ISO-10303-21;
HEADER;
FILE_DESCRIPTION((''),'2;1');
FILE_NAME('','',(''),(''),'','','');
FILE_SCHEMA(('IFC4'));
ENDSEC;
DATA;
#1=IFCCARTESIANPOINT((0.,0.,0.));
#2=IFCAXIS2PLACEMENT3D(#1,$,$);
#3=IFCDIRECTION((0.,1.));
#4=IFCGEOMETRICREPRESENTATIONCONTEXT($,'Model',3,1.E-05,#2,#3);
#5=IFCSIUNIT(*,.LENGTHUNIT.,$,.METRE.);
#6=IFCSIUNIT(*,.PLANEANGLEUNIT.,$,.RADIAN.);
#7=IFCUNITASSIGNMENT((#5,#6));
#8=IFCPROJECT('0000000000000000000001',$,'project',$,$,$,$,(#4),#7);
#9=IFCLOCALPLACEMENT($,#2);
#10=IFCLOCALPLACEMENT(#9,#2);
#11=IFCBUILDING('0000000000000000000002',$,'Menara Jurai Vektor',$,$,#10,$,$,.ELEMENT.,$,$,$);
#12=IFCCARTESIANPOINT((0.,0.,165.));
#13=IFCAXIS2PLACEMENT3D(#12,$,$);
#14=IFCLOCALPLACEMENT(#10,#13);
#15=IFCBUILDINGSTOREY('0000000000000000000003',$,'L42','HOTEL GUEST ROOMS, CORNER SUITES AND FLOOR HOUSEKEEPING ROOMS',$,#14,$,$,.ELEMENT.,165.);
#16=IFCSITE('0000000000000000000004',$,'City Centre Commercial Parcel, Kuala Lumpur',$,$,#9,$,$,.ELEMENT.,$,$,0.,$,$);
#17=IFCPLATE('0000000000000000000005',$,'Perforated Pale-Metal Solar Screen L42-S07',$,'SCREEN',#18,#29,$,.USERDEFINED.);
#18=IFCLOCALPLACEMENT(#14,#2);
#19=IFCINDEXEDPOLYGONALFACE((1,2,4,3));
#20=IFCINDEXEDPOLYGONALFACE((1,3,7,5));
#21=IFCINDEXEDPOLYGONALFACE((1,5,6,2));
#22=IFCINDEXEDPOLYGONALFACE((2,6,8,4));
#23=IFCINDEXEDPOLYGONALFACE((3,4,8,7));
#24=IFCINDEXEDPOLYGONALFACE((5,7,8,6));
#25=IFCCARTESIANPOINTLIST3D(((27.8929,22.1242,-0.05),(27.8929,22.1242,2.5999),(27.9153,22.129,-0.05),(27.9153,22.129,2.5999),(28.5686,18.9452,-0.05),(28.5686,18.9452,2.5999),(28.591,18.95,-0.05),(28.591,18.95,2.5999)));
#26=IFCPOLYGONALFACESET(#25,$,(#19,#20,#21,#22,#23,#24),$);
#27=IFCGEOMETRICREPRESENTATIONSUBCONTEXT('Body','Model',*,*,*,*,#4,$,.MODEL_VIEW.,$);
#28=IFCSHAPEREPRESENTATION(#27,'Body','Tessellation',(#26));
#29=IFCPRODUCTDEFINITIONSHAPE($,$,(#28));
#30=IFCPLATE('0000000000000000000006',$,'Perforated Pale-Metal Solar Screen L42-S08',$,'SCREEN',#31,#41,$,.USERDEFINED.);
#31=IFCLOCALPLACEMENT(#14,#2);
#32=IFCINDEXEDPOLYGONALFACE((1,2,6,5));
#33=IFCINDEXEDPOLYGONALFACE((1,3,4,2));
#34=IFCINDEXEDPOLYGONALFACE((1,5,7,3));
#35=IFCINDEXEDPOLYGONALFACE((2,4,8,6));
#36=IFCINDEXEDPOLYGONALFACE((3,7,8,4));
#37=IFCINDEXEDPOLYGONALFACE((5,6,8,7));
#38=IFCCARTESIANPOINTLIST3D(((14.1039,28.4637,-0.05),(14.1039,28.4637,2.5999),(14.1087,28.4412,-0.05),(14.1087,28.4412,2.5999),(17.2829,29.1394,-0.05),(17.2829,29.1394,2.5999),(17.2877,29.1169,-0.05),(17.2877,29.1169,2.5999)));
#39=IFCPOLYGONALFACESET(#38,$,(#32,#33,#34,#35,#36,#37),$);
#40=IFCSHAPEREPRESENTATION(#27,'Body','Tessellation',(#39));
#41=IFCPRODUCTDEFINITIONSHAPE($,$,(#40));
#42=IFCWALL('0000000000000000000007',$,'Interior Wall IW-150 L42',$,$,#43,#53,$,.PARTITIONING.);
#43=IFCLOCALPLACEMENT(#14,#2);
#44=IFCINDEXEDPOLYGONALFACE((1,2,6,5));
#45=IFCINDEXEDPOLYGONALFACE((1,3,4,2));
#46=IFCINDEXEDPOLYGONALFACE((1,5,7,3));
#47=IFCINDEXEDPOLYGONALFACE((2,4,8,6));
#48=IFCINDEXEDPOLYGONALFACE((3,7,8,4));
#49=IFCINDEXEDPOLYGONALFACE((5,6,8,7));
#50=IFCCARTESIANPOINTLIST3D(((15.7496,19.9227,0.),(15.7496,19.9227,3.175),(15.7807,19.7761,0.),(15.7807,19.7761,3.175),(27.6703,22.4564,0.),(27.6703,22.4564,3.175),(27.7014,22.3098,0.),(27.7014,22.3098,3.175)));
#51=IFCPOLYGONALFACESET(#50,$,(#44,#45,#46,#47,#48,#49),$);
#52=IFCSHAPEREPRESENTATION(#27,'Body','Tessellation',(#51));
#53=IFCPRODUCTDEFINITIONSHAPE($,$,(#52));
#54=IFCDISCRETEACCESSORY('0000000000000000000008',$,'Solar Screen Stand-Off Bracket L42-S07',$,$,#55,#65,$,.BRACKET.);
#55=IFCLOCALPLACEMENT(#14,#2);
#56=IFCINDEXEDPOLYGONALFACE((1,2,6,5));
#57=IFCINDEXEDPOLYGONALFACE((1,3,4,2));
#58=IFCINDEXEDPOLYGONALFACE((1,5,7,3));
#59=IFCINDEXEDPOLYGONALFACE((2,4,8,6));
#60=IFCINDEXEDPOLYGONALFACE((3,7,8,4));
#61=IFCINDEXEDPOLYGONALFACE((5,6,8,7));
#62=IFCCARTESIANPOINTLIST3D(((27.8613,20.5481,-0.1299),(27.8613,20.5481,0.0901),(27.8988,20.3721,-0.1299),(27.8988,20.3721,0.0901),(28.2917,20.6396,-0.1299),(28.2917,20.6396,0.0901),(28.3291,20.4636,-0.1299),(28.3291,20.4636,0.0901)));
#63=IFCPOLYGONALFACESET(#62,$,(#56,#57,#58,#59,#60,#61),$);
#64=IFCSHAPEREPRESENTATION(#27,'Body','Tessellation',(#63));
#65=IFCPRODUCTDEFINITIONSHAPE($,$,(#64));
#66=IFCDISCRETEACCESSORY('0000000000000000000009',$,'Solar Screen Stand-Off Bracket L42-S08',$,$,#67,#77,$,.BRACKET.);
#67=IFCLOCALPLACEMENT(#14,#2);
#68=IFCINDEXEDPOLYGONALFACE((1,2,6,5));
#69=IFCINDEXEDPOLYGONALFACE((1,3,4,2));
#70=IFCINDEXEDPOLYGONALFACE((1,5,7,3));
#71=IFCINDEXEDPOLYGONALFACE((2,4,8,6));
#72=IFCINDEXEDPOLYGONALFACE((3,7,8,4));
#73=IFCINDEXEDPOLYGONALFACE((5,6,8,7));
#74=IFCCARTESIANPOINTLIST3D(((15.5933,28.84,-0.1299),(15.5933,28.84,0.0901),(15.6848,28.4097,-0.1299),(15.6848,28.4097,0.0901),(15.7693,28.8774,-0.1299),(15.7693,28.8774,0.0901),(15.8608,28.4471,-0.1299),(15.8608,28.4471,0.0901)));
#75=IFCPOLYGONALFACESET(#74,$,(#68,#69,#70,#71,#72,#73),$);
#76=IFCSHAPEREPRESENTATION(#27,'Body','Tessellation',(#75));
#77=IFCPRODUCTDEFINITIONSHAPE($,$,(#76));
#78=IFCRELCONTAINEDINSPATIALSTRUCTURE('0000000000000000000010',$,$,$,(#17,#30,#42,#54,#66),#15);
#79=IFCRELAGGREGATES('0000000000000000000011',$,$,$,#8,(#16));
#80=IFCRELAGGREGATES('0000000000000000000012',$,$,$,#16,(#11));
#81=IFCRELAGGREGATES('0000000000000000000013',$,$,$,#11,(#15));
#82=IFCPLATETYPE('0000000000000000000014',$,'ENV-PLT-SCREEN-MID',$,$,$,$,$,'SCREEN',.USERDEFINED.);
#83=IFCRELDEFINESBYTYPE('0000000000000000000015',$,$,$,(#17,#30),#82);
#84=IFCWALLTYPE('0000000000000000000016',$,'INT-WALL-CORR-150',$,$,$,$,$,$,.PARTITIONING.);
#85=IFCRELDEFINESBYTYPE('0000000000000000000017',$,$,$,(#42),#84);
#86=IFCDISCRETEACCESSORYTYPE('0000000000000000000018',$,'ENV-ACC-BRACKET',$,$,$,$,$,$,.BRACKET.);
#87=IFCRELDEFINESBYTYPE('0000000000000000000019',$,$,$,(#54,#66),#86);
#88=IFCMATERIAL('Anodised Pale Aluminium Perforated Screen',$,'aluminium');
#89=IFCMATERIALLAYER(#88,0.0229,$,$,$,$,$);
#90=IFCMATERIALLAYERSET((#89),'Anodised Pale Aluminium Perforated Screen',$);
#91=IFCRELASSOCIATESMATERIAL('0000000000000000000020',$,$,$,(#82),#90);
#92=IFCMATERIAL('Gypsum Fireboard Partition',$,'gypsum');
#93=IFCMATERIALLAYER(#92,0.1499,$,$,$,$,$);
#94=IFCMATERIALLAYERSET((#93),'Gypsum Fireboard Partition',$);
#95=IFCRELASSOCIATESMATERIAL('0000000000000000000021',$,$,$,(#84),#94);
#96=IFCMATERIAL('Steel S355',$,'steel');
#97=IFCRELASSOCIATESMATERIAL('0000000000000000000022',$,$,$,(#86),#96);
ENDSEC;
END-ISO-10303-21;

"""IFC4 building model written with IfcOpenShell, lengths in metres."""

from ifc_helpers import new_model, si_unit, direction, frame, frame_2d, origin, origin_2d, place, context, subcontext, project, spatial, rectangle, extrude, material, layer, layer_set, type_object, element, save


model = new_model("IFC4")

# Units and contexts
model_context = context("Model", 3, precision=1e-05, world=origin(), true_north=direction((0.0, 1.0)))
body_context = subcontext(model_context, "Body", "Model", "MODEL_VIEW")
ifc_project = project(units=[si_unit("LENGTHUNIT", "METRE"), si_unit("PLANEANGLEUNIT", "RADIAN")], contexts=[model_context])

# Site, building, storey
site_placement = place(None, origin())
site = spatial("IfcSite", under=ifc_project, at=site_placement, Name="City Centre Commercial Parcel, Kuala Lumpur", CompositionType="ELEMENT", RefElevation=0.0)
building_placement = place(site_placement, origin())
building = spatial("IfcBuilding", under=site, at=building_placement, Name="Menara Jurai Vektor", CompositionType="ELEMENT")
storey_placement = place(building_placement, frame((0.0, 0.0, 165.0)))
storey = spatial("IfcBuildingStorey", under=building, at=storey_placement, Name="L42", Description="HOTEL GUEST ROOMS, CORNER SUITES AND FLOOR HOUSEKEEPING ROOMS", CompositionType="ELEMENT", Elevation=165.0)

# Shared definitions
ifc_material_1 = material(Name="Steel S355", Category="steel")

# Plates
ifc_material_2 = material(Name="Anodised Pale Aluminium Perforated Screen", Category="aluminium")
ifc_layer_1 = layer(ifc_material_2, 0.0229)
ifc_layer_set_1 = layer_set([ifc_layer_1], Name="Anodised Pale Aluminium Perforated Screen")
plate_type_1 = type_object("IfcPlateType", Name="ENV-PLT-SCREEN-MID", ElementType="SCREEN", PredefinedType="USERDEFINED", material=ifc_layer_set_1)
for number, where, z_axis, x_axis, name in (
    (1, (28.2419, 20.5371, -0.05), (0.0, 0.0, 1.0), (-0.207912, 0.978148, 0.0), "Perforated Pale-Metal Solar Screen L42-S07"),
    (2, (15.6958, 28.7903, -0.05), (0.0, 0.0, 1.0), (-0.978148, -0.207912, 0.0), "Perforated Pale-Metal Solar Screen L42-S08"),
):
    element("IfcPlate", number, at=place(storey_placement, frame(where, z_axis=z_axis, x_axis=x_axis)), inside=storey, type_object=plate_type_1, Name=name, ObjectType="SCREEN", PredefinedType="USERDEFINED", context=body_context, shape_type="SweptSolid", body=[
        extrude(rectangle(XDim=3.25, YDim=0.0229, at=origin_2d()), origin(), (0.0, 0.0, 1.0), 2.6499),
    ])

# Wall
ifc_material_3 = material(Name="Gypsum Fireboard Partition", Category="gypsum")
ifc_layer_2 = layer(ifc_material_3, 0.1499)
ifc_layer_set_2 = layer_set([ifc_layer_2], Name="Gypsum Fireboard Partition")
wall_type = type_object("IfcWallType", Name="INT-WALL-CORR-150", PredefinedType="PARTITIONING", material=ifc_layer_set_2)
wall_1_placement = place(storey_placement, frame((15.7651, 19.8494, 0.0), z_axis=(0.0, 0.0, 1.0), x_axis=(0.97815, 0.207902, 0.0)))
element("IfcWall", 3, at=wall_1_placement, inside=storey, type_object=wall_type, Name="Interior Wall IW-150 L42", PredefinedType="PARTITIONING", context=body_context, shape_type="SweptSolid", body=[
    extrude(rectangle(XDim=12.187, YDim=0.1499, at=frame_2d((6.0935, 0.0))), origin(), (0.0, 0.0, 1.0), 3.175),
])

# Discrete accessories
discrete_accessory_type = type_object("IfcDiscreteAccessoryType", Name="ENV-ACC-BRACKET", PredefinedType="BRACKET", material=ifc_material_1)
for number, where, z_axis, x_axis, name in (
    (4, (28.0952, 20.5059, -0.1299), (0.0, 0.0, 1.0), (-0.207912, 0.978148, 0.0), "Solar Screen Stand-Off Bracket L42-S07"),
    (5, (15.7271, 28.6436, -0.1299), (0.0, 0.0, 1.0), (-0.978148, -0.207912, 0.0), "Solar Screen Stand-Off Bracket L42-S08"),
):
    element("IfcDiscreteAccessory", number, at=place(storey_placement, frame(where, z_axis=z_axis, x_axis=x_axis)), inside=storey, type_object=discrete_accessory_type, Name=name, PredefinedType="BRACKET", context=body_context, shape_type="SweptSolid", body=[
        extrude(rectangle(XDim=0.1799, YDim=0.4399, at=origin_2d()), origin(), (0.0, 0.0, 1.0), 0.22),
    ])

save(model, "model.ifc")
